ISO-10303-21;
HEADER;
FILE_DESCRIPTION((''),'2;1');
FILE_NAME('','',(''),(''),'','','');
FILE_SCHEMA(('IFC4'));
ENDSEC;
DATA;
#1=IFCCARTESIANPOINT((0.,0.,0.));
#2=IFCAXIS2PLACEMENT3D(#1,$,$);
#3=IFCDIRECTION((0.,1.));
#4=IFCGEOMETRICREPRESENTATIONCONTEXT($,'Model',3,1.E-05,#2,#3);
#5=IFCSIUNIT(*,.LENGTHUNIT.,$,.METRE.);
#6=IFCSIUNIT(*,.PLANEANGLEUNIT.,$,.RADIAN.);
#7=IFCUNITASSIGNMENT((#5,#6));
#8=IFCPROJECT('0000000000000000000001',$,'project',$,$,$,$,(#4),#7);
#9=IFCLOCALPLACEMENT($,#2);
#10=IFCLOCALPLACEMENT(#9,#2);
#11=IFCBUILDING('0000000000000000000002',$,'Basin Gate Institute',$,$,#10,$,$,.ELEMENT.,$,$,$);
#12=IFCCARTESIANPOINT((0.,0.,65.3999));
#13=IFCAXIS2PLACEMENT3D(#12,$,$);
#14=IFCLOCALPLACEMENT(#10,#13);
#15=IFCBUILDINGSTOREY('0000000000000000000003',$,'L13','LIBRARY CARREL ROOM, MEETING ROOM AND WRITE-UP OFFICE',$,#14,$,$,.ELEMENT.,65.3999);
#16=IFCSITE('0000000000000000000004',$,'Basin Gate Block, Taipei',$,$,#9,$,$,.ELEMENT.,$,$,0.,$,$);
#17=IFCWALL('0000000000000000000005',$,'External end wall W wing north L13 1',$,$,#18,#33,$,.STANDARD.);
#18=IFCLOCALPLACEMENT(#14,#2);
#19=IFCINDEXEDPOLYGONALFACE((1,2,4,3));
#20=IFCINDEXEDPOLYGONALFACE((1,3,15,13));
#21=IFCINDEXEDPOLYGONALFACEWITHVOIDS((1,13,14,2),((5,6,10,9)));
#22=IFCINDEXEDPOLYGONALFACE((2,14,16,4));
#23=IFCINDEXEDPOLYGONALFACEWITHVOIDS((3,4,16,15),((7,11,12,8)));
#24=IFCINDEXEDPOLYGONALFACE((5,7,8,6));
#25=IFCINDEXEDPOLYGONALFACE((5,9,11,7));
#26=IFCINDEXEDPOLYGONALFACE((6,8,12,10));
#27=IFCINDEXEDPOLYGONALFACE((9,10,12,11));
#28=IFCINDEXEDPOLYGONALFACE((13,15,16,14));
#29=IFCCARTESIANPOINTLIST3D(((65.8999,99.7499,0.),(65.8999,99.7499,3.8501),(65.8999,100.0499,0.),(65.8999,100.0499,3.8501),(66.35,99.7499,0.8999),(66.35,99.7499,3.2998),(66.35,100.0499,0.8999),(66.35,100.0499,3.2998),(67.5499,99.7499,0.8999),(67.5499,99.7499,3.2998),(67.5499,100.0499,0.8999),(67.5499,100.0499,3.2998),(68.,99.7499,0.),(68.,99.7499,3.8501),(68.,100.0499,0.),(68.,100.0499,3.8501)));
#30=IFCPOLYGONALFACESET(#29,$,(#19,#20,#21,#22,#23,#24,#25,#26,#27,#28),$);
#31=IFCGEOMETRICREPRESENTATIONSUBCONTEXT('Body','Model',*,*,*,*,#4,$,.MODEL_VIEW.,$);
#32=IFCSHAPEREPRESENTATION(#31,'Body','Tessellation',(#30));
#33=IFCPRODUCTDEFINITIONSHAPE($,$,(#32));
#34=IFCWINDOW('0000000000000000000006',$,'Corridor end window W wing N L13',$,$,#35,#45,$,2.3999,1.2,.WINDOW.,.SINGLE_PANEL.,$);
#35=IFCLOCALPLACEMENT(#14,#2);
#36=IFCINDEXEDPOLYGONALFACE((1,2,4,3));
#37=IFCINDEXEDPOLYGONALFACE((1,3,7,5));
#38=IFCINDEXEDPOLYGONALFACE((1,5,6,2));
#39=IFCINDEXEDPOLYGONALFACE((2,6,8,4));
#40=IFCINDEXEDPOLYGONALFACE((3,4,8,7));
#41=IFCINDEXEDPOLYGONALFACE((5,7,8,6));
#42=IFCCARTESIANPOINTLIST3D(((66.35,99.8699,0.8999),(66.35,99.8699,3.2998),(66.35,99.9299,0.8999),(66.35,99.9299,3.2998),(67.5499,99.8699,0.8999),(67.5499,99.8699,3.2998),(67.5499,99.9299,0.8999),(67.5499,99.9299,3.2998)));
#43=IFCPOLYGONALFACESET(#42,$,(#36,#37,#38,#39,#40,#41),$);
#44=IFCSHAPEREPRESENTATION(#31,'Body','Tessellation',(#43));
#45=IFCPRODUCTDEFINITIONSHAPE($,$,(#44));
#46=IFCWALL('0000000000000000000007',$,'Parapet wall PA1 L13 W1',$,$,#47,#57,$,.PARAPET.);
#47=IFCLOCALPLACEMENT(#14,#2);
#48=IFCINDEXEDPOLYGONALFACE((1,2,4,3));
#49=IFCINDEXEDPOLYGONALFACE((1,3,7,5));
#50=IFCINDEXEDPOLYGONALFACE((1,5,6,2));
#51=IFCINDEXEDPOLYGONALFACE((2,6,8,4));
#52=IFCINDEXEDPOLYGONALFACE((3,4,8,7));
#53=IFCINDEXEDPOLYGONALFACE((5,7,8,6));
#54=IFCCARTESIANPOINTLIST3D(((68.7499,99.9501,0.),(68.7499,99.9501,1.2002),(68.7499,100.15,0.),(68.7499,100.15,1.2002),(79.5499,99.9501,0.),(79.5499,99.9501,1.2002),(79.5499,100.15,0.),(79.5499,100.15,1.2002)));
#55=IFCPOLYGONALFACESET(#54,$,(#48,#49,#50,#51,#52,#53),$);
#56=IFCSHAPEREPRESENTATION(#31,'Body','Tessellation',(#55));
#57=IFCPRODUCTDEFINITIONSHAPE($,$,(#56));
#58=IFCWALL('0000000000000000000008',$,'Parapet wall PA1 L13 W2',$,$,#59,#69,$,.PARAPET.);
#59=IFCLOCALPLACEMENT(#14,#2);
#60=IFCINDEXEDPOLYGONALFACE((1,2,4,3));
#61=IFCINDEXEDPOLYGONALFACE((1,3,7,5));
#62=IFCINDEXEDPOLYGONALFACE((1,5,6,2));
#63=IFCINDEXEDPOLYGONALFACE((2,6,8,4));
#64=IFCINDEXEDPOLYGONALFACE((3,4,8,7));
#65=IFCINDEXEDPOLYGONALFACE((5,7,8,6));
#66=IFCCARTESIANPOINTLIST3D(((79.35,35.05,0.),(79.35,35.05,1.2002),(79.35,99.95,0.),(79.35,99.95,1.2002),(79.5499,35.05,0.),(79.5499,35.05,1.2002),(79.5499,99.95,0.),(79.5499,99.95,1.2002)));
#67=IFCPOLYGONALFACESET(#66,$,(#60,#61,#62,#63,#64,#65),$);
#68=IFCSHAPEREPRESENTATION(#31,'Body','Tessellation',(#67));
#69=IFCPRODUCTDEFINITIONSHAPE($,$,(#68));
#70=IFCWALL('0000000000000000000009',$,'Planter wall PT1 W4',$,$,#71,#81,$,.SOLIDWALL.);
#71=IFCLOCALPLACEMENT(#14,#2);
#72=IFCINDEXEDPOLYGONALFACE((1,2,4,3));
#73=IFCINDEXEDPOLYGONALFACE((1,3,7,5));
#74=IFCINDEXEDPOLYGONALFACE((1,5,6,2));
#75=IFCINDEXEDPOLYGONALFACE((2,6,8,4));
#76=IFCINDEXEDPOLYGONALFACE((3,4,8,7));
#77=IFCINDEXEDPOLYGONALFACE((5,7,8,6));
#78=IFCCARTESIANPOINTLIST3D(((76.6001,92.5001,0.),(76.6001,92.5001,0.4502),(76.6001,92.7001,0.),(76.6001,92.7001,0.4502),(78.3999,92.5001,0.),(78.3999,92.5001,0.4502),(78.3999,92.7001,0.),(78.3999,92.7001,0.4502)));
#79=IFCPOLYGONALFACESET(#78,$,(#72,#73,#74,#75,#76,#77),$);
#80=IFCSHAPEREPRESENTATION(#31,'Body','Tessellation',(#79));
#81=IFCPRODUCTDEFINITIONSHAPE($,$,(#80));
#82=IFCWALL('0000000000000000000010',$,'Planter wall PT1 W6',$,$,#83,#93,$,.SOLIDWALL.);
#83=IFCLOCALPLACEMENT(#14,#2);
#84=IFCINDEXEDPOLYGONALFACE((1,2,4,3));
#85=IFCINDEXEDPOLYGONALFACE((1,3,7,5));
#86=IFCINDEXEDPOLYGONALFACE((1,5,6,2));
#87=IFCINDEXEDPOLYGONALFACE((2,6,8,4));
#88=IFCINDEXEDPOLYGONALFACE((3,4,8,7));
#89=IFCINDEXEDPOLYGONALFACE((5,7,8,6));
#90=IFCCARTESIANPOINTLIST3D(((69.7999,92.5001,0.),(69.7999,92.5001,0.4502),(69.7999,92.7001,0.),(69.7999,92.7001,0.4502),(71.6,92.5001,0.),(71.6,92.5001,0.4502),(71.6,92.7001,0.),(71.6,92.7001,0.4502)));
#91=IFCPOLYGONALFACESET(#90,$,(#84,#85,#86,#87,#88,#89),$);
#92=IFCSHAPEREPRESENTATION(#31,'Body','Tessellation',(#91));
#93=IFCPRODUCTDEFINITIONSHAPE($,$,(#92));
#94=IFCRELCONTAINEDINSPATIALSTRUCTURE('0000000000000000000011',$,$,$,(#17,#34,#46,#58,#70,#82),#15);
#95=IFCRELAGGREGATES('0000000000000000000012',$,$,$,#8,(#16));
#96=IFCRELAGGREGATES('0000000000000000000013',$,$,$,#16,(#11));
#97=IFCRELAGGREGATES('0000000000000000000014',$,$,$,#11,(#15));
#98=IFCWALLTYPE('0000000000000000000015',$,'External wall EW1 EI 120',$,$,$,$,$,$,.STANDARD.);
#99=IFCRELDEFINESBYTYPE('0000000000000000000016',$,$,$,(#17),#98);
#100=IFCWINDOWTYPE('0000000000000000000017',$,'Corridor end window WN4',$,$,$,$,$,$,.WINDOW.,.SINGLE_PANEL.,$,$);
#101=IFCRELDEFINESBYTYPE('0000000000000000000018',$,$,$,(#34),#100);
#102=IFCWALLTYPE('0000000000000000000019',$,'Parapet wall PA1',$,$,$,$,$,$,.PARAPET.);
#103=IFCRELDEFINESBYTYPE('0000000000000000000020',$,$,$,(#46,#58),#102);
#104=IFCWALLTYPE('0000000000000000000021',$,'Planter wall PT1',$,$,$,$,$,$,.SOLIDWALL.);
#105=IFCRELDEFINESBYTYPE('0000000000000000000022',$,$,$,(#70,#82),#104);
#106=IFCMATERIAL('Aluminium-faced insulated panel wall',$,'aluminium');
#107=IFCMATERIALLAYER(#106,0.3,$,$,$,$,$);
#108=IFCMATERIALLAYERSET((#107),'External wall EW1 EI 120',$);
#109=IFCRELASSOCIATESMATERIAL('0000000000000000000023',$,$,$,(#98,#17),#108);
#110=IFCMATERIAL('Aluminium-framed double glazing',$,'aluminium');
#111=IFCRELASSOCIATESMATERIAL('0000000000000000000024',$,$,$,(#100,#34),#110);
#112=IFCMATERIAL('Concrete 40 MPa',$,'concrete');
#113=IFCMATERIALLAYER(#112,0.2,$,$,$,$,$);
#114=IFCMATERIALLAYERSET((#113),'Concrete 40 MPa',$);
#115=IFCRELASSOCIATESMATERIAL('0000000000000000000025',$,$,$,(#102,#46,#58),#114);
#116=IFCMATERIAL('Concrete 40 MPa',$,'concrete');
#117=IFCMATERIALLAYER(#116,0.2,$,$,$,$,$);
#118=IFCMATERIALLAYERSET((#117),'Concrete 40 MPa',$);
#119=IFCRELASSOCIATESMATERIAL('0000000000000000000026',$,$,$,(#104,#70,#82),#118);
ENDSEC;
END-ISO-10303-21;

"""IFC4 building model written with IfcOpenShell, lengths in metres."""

from ifc_helpers import new_model, si_unit, direction, frame, frame_2d, origin, place, context, subcontext, project, spatial, rectangle, extrude, material, layer, layer_set, type_object, element, fill, save


model = new_model("IFC4")

# Units and contexts
model_context = context("Model", 3, precision=1e-05, world=origin(), true_north=direction((0.0, 1.0)))
body_context = subcontext(model_context, "Body", "Model", "MODEL_VIEW")
ifc_project = project(units=[si_unit("LENGTHUNIT", "METRE"), si_unit("PLANEANGLEUNIT", "RADIAN")], contexts=[model_context])

# Site, building, storey
site_placement = place(None, origin())
site = spatial("IfcSite", under=ifc_project, at=site_placement, Name="Basin Gate Block, Taipei", CompositionType="ELEMENT", RefElevation=0.0)
building_placement = place(site_placement, origin())
building = spatial("IfcBuilding", under=site, at=building_placement, Name="Basin Gate Institute", CompositionType="ELEMENT")
storey_placement = place(building_placement, frame((0.0, 0.0, 65.3999)))
storey = spatial("IfcBuildingStorey", under=building, at=storey_placement, Name="L13", Description="LIBRARY CARREL ROOM, MEETING ROOM AND WRITE-UP OFFICE", CompositionType="ELEMENT", Elevation=65.3999)

# Wall, opening, window
ifc_material_1 = material(Name="Aluminium-faced insulated panel wall", Category="aluminium")
ifc_layer_1 = layer(ifc_material_1, 0.3)
ifc_layer_set_1 = layer_set([ifc_layer_1], Name="External wall EW1 EI 120")
wall_type_1 = type_object("IfcWallType", Name="External wall EW1 EI 120", PredefinedType="STANDARD", material=ifc_layer_set_1)
wall_1_placement = place(storey_placement, frame((65.8999, 99.8999, 0.0), z_axis=(0.0, 0.0, 1.0), x_axis=(1.0, 0.0, 0.0)))
wall_1 = element("IfcWall", 1, at=wall_1_placement, inside=storey, type_object=wall_type_1, material=ifc_layer_set_1, Name="External end wall W wing north L13 1", PredefinedType="STANDARD", context=body_context, shape_type="SweptSolid", body=[
    extrude(rectangle(XDim=2.1001, YDim=0.3, at=frame_2d((1.05, 0.0))), origin(), (0.0, 0.0, 1.0), 3.8501),
])
opening_1_placement = place(wall_1_placement, frame((0.45, 0.0, 0.8999)))
opening_1 = element("IfcOpeningElement", 2, at=opening_1_placement, cuts=wall_1, PredefinedType="OPENING", context=body_context, shape_type="SweptSolid", body=[
    extrude(rectangle(XDim=1.2, YDim=2.3999, at=frame_2d((0.6001, 1.2))), frame((0.0, 0.1602, 0.0), z_axis=(0.0, -1.0, 0.0), x_axis=(1.0, 0.0, 0.0)), (0.0, 0.0, 1.0), 0.3201),
])
ifc_material_2 = material(Name="Aluminium-framed double glazing", Category="aluminium")
window_type = type_object("IfcWindowType", Name="Corridor end window WN4", PartitioningType="SINGLE_PANEL", PredefinedType="WINDOW", material=ifc_material_2)
window_placement = place(opening_1_placement, origin())
window = element("IfcWindow", 3, at=window_placement, inside=storey, type_object=window_type, material=ifc_material_2, Name="Corridor end window W wing N L13", OverallHeight=2.3999, OverallWidth=1.2, PartitioningType="SINGLE_PANEL", PredefinedType="WINDOW", context=body_context, shape_type="SweptSolid", body=[
    extrude(rectangle(XDim=1.2, YDim=2.3999, at=frame_2d((0.6001, 1.2))), frame((0.0, 0.03, 0.0), z_axis=(0.0, -1.0, 0.0), x_axis=(1.0, 0.0, 0.0)), (0.0, 0.0, 1.0), 0.0601),
])
fill(opening_1, window)

# Walls
ifc_material_3 = material(Name="Concrete 40 MPa", Category="concrete")
ifc_layer_2 = layer(ifc_material_3, 0.2)
ifc_layer_set_2 = layer_set([ifc_layer_2], Name="Concrete 40 MPa")
wall_type_2 = type_object("IfcWallType", Name="Parapet wall PA1", PredefinedType="PARAPET", material=ifc_layer_set_2)
wall_2_placement = place(storey_placement, frame((68.75, 100.05, 0.0), z_axis=(0.0, 0.0, 1.0), x_axis=(1.0, 0.0, 0.0)))
element("IfcWall", 4, at=wall_2_placement, inside=storey, type_object=wall_type_2, material=ifc_layer_set_2, Name="Parapet wall PA1 L13 W1", PredefinedType="PARAPET", context=body_context, shape_type="SweptSolid", body=[
    extrude(rectangle(XDim=10.8, YDim=0.2, at=frame_2d((5.3999, 0.0))), origin(), (0.0, 0.0, 1.0), 1.2002),
])
wall_3_placement = place(storey_placement, frame((79.45, 99.95, 0.0), z_axis=(0.0, 0.0, 1.0), x_axis=(0.0, -1.0, 0.0)))
element("IfcWall", 5, at=wall_3_placement, inside=storey, type_object=wall_type_2, material=ifc_layer_set_2, Name="Parapet wall PA1 L13 W2", PredefinedType="PARAPET", context=body_context, shape_type="SweptSolid", body=[
    extrude(rectangle(XDim=64.8999, YDim=0.2, at=frame_2d((32.45, 0.0))), origin(), (0.0, 0.0, 1.0), 1.2002),
])
ifc_material_4 = material(Name="Concrete 40 MPa", Category="concrete")
ifc_layer_3 = layer(ifc_material_4, 0.2)
ifc_layer_set_3 = layer_set([ifc_layer_3], Name="Concrete 40 MPa")
wall_type_3 = type_object("IfcWallType", Name="Planter wall PT1", PredefinedType="SOLIDWALL", material=ifc_layer_set_3)
wall_4_placement = place(storey_placement, frame((76.6001, 92.6001, 0.0), z_axis=(0.0, 0.0, 1.0), x_axis=(1.0, 0.0, 0.0)))
element("IfcWall", 6, at=wall_4_placement, inside=storey, type_object=wall_type_3, material=ifc_layer_set_3, Name="Planter wall PT1 W4", PredefinedType="SOLIDWALL", context=body_context, shape_type="SweptSolid", body=[
    extrude(rectangle(XDim=1.7998, YDim=0.2, at=frame_2d((0.8999, 0.0))), origin(), (0.0, 0.0, 1.0), 0.4502),
])
wall_5_placement = place(storey_placement, frame((69.8, 92.6001, 0.0), z_axis=(0.0, 0.0, 1.0), x_axis=(1.0, 0.0, 0.0)))
element("IfcWall", 7, at=wall_5_placement, inside=storey, type_object=wall_type_3, material=ifc_layer_set_3, Name="Planter wall PT1 W6", PredefinedType="SOLIDWALL", context=body_context, shape_type="SweptSolid", body=[
    extrude(rectangle(XDim=1.8, YDim=0.2, at=frame_2d((0.8999, 0.0))), origin(), (0.0, 0.0, 1.0), 0.4502),
])

save(model, "model.ifc")
